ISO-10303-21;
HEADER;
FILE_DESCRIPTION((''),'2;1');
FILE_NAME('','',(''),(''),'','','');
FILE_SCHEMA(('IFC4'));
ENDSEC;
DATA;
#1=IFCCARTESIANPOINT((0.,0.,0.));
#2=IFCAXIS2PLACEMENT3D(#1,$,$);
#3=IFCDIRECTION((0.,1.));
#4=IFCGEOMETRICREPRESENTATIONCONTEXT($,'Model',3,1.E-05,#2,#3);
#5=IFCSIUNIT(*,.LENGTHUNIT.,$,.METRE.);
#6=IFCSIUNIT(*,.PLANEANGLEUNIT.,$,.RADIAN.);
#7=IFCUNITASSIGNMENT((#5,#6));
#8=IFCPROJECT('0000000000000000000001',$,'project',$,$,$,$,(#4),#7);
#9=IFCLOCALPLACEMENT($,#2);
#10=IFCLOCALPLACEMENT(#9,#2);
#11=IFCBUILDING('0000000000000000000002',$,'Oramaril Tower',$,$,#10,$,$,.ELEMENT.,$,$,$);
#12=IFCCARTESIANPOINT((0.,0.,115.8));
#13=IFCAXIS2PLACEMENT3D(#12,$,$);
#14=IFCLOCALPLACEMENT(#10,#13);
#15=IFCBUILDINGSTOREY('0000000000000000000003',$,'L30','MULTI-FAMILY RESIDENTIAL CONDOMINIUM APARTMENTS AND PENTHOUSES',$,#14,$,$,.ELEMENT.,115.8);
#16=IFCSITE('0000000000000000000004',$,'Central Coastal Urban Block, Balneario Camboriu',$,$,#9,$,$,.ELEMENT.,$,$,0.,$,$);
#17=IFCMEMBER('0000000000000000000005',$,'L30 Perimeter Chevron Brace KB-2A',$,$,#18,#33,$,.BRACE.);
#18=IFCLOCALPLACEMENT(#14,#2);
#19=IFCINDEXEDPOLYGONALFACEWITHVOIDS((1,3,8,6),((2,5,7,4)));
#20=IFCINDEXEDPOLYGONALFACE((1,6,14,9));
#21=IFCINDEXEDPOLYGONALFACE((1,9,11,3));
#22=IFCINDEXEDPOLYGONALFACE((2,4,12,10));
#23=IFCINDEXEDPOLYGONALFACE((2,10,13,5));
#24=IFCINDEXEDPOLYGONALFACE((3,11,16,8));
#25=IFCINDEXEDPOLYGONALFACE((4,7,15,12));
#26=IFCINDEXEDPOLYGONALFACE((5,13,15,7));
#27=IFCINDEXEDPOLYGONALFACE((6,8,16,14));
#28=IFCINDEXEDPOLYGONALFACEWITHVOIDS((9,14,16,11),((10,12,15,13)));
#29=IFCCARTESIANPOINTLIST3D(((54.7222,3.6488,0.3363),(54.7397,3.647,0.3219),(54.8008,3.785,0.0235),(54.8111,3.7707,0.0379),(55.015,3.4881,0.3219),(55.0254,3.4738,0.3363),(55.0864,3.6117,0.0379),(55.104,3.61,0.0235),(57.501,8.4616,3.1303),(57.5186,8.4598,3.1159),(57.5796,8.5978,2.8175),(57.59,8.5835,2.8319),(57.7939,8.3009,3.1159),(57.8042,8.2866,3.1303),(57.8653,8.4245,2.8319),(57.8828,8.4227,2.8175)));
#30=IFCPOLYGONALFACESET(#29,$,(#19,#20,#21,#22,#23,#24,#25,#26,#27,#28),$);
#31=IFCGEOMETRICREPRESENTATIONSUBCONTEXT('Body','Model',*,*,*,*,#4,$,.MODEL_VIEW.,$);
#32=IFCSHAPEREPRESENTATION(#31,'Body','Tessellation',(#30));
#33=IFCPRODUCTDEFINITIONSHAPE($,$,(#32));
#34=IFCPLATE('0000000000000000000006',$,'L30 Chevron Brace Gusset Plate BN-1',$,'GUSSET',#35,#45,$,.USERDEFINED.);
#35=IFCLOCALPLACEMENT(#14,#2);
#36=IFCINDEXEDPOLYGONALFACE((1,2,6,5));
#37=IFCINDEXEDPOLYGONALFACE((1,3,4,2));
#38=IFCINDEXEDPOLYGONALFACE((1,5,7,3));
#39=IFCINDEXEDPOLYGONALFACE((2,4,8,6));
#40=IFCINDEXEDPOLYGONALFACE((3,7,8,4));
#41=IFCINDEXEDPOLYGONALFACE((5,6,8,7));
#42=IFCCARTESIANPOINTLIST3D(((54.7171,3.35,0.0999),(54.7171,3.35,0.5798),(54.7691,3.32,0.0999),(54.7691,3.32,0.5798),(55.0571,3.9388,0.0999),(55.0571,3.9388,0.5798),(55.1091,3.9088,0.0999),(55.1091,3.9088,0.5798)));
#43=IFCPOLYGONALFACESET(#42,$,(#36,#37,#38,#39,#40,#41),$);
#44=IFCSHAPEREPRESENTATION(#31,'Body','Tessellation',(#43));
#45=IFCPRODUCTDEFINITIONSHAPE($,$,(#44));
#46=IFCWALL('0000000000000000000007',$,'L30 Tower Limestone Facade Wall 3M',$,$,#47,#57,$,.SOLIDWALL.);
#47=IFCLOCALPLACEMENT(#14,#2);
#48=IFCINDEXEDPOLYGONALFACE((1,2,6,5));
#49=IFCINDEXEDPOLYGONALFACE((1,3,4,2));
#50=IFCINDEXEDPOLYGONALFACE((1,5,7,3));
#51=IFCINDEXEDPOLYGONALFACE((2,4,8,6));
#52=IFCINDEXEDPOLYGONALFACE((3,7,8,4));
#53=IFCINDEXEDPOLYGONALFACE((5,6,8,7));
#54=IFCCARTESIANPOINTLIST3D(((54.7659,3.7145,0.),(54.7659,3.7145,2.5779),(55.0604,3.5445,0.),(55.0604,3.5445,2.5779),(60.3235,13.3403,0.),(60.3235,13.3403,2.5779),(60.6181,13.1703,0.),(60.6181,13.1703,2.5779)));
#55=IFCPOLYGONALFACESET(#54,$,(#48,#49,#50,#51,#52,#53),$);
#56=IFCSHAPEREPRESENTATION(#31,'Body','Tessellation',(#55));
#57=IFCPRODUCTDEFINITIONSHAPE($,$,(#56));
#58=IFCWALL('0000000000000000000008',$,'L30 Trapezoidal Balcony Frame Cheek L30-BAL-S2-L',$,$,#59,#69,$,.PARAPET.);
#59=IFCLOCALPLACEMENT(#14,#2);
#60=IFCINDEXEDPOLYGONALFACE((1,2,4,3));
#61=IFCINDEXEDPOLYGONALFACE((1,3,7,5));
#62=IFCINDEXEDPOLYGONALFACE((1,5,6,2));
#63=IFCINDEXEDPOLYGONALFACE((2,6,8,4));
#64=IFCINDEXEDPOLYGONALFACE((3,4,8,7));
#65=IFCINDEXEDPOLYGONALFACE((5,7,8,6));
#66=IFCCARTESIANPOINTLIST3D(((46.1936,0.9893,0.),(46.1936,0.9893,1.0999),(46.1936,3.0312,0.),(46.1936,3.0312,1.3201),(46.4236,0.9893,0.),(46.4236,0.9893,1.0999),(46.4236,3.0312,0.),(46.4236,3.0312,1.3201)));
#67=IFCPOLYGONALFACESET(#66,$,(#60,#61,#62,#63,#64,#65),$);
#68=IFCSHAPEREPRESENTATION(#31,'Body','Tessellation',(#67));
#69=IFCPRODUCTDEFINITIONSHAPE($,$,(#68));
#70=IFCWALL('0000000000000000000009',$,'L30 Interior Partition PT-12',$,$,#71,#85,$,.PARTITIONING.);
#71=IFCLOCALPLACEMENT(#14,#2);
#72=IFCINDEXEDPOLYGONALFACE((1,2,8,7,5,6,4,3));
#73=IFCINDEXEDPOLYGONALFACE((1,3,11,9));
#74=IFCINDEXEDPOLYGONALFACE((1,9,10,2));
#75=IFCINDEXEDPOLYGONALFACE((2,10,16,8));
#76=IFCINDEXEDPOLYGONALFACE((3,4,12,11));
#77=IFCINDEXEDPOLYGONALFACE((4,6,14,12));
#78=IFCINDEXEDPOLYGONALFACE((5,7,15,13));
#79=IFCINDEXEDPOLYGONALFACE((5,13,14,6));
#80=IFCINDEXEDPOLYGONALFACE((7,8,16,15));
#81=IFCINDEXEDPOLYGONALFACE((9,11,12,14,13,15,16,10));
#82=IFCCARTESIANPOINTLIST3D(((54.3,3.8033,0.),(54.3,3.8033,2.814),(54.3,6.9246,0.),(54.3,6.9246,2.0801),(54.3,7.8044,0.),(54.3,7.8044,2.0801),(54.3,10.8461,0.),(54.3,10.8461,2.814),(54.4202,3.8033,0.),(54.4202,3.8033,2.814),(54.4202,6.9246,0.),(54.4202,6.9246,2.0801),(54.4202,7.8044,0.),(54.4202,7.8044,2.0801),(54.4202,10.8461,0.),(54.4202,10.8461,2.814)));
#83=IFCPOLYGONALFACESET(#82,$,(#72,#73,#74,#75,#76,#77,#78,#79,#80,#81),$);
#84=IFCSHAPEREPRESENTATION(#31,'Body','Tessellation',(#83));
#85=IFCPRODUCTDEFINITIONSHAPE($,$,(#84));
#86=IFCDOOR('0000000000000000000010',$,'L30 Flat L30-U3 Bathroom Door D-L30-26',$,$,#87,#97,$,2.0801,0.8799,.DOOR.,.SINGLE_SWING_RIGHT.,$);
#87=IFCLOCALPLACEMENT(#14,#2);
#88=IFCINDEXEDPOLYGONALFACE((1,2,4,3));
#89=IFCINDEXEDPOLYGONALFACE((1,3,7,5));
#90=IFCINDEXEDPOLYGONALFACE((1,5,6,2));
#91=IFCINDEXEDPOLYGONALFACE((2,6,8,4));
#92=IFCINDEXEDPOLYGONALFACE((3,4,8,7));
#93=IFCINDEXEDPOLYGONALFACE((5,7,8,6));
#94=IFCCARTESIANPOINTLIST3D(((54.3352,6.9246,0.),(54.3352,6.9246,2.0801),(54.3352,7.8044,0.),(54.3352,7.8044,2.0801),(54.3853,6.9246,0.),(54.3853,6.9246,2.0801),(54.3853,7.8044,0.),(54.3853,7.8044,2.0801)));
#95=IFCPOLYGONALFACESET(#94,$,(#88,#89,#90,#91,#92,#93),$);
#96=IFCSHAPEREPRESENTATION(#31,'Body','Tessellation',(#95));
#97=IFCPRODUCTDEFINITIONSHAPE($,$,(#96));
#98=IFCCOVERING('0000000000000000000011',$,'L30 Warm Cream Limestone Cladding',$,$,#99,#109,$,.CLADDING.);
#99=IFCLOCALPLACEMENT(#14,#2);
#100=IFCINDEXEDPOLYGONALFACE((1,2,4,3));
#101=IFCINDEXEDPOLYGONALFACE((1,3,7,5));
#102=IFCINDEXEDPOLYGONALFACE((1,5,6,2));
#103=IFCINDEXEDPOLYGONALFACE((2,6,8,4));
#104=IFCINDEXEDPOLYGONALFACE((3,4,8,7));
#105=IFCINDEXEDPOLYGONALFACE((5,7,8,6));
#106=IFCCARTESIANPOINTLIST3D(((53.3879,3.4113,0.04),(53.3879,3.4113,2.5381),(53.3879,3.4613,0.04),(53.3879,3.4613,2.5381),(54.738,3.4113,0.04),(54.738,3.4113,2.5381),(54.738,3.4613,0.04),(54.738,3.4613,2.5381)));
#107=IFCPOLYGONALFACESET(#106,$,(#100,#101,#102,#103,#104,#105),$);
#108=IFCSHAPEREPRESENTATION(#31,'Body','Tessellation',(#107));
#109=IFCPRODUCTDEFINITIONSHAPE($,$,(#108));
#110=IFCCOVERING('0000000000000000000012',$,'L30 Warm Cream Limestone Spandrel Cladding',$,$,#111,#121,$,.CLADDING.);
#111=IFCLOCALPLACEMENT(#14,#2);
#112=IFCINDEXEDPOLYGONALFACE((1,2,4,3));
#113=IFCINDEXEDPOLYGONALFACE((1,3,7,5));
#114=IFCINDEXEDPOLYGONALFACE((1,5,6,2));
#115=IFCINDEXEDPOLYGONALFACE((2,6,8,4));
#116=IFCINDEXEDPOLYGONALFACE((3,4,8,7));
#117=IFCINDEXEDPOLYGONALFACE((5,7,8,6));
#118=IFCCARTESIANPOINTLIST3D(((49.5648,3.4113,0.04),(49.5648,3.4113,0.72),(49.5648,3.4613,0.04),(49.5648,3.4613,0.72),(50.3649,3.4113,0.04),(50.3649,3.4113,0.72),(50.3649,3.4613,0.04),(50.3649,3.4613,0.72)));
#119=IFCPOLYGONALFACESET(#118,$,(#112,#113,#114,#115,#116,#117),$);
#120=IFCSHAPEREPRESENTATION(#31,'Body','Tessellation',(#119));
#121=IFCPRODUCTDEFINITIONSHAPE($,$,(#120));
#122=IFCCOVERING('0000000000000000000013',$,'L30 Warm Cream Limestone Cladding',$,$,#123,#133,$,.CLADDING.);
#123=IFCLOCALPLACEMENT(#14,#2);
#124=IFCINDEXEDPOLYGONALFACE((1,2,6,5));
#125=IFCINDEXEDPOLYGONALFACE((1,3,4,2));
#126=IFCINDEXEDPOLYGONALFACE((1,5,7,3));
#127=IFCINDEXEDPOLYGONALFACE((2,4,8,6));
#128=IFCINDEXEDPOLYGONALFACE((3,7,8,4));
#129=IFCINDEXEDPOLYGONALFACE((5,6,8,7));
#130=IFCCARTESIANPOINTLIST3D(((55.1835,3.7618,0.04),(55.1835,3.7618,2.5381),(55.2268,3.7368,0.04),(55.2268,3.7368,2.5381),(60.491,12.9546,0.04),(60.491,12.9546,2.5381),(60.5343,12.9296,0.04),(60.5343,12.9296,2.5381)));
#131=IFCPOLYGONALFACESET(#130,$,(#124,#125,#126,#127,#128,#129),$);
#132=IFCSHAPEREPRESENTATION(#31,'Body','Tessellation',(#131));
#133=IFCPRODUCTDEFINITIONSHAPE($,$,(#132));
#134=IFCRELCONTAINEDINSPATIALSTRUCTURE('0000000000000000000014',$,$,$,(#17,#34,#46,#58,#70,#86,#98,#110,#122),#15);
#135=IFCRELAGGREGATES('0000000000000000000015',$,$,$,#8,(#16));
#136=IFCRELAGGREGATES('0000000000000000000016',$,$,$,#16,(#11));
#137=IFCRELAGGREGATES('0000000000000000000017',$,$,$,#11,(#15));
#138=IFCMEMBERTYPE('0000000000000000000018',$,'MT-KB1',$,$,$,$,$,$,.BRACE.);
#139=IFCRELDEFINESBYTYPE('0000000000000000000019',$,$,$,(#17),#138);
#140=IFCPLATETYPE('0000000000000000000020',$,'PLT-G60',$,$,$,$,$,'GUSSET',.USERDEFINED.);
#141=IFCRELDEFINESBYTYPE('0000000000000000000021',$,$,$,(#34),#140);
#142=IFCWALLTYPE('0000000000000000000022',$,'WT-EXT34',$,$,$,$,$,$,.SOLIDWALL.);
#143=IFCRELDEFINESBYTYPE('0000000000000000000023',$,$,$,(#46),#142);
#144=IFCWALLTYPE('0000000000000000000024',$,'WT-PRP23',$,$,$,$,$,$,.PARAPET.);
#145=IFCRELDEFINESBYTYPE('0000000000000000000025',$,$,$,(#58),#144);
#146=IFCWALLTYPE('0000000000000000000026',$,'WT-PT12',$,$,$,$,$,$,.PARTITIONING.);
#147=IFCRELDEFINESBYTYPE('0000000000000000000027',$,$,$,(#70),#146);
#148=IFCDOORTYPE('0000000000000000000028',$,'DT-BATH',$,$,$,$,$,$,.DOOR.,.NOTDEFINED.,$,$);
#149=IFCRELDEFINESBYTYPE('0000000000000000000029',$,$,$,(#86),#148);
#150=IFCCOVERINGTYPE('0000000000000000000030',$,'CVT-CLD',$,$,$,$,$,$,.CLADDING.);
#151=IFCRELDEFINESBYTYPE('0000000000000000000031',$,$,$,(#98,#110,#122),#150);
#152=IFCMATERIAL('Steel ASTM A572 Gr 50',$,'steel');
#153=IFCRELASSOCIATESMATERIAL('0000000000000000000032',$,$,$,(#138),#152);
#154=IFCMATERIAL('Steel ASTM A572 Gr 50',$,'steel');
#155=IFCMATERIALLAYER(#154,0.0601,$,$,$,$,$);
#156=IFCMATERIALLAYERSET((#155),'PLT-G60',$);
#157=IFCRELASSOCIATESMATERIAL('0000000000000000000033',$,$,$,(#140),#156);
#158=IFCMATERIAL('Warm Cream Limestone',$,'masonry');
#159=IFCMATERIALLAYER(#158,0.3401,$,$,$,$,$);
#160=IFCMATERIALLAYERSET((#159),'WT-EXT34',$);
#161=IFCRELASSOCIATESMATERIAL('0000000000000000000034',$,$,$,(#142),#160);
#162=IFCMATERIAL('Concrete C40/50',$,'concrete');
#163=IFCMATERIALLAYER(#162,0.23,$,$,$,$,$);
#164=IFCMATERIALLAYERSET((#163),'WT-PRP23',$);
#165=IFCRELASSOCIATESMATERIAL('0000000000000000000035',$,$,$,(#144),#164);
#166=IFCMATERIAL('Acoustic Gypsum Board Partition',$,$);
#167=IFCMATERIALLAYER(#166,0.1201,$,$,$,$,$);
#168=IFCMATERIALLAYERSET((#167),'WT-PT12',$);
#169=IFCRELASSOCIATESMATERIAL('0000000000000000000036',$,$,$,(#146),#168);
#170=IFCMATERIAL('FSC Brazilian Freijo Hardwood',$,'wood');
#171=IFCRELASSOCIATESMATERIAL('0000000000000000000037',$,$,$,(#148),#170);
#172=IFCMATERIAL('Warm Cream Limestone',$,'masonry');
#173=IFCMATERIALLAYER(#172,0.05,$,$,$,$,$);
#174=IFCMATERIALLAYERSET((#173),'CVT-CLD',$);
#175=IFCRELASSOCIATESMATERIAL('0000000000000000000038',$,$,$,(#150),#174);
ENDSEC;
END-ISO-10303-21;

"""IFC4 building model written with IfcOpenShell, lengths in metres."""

from ifc_helpers import new_model, si_unit, direction, frame, frame_2d, origin, origin_2d, place, context, subcontext, project, spatial, polyline, rectangle, hollow_rectangle, outline, extrude, material, layer, layer_set, material_profile, profile_set, type_object, element, fill, save


model = new_model("IFC4")

# Units and contexts
model_context = context("Model", 3, precision=1e-05, world=origin(), true_north=direction((0.0, 1.0)))
body_context = subcontext(model_context, "Body", "Model", "MODEL_VIEW")
ifc_project = project(units=[si_unit("LENGTHUNIT", "METRE"), si_unit("PLANEANGLEUNIT", "RADIAN")], contexts=[model_context])

# Site, building, storey
site_placement = place(None, origin())
site = spatial("IfcSite", under=ifc_project, at=site_placement, Name="Central Coastal Urban Block, Balneario Camboriu", CompositionType="ELEMENT", RefElevation=0.0)
building_placement = place(site_placement, origin())
building = spatial("IfcBuilding", under=site, at=building_placement, Name="Oramaril Tower", CompositionType="ELEMENT")
storey_placement = place(building_placement, frame((0.0, 0.0, 115.8)))
storey = spatial("IfcBuildingStorey", under=building, at=storey_placement, Name="L30", Description="MULTI-FAMILY RESIDENTIAL CONDOMINIUM APARTMENTS AND PENTHOUSES", CompositionType="ELEMENT", Elevation=115.8)

# Member
ifc_material_1 = material(Name="Steel ASTM A572 Gr 50", Category="steel")
ifc_material_profile_1 = material_profile(ifc_material_1, hollow_rectangle(XDim=0.3501, YDim=0.3501, WallThickness=0.0161, at=origin_2d()), Name="HSS350X350X16")
ifc_profile_set_1 = profile_set([ifc_material_profile_1], Name="Steel ASTM A572 Gr 50")
member_type = type_object("IfcMemberType", Name="MT-KB1", PredefinedType="BRACE", material=ifc_profile_set_1)
member_placement = place(storey_placement, frame((54.9131, 3.6294, 0.1799), z_axis=(0.446742, 0.773733, 0.449176), x_axis=(-0.866012, 0.500023, 0.0)))
element("IfcMember", 1, at=member_placement, inside=storey, type_object=member_type, Name="L30 Perimeter Chevron Brace KB-2A", PredefinedType="BRACE", context=body_context, shape_type="SweptSolid", body=[
    extrude(hollow_rectangle(XDim=0.3501, YDim=0.3501, WallThickness=0.0161, at=origin_2d()), origin(), (0.0, 0.0, 1.0), 6.2202),
])

# Plate
ifc_material_2 = material(Name="Steel ASTM A572 Gr 50", Category="steel")
ifc_layer_1 = layer(ifc_material_2, 0.0601)
ifc_layer_set_1 = layer_set([ifc_layer_1], Name="PLT-G60")
plate_type = type_object("IfcPlateType", Name="PLT-G60", ElementType="GUSSET", PredefinedType="USERDEFINED", material=ifc_layer_set_1)
plate_placement = place(storey_placement, frame((54.9131, 3.6294, 0.0999), z_axis=(0.0, 0.0, 1.0), x_axis=(0.500003, 0.866024, 0.0)))
element("IfcPlate", 2, at=plate_placement, inside=storey, type_object=plate_type, Name="L30 Chevron Brace Gusset Plate BN-1", ObjectType="GUSSET", PredefinedType="USERDEFINED", context=body_context, shape_type="SweptSolid", body=[
    extrude(rectangle(XDim=0.6799, YDim=0.0601, at=origin_2d()), origin(), (0.0, 0.0, 1.0), 0.48),
])

# Walls
ifc_material_3 = material(Name="Warm Cream Limestone", Category="masonry")
ifc_layer_2 = layer(ifc_material_3, 0.3401)
ifc_layer_set_2 = layer_set([ifc_layer_2], Name="WT-EXT34")
wall_type_1 = type_object("IfcWallType", Name="WT-EXT34", PredefinedType="SOLIDWALL", material=ifc_layer_set_2)
wall_1_placement = place(storey_placement, frame((54.9131, 3.6294, 0.0), z_axis=(0.0, 0.0, 1.0), x_axis=(0.500013, 0.866018, 0.0)))
element("IfcWall", 3, at=wall_1_placement, inside=storey, type_object=wall_type_1, Name="L30 Tower Limestone Facade Wall 3M", PredefinedType="SOLIDWALL", context=body_context, shape_type="SweptSolid", body=[
    extrude(rectangle(XDim=11.115, YDim=0.3401, at=frame_2d((5.5576, 0.0))), origin(), (0.0, 0.0, 1.0), 2.5779),
])
ifc_material_4 = material(Name="Concrete C40/50", Category="concrete")
ifc_layer_3 = layer(ifc_material_4, 0.23)
ifc_layer_set_3 = layer_set([ifc_layer_3], Name="WT-PRP23")
wall_type_2 = type_object("IfcWallType", Name="WT-PRP23", PredefinedType="PARAPET", material=ifc_layer_set_3)
wall_2_placement = place(storey_placement, frame((46.3086, 3.0312, 0.0), z_axis=(0.0, 0.0, 1.0), x_axis=(0.0, -1.0, 0.0)))
element("IfcWall", 4, at=wall_2_placement, inside=storey, type_object=wall_type_2, Name="L30 Trapezoidal Balcony Frame Cheek L30-BAL-S2-L", PredefinedType="PARAPET", context=body_context, shape_type="SweptSolid", body=[
    extrude(outline(polyline([(0.0, 0.0), (2.042, 0.0), (2.042, 1.0999), (0.0, 1.3201), (0.0, 0.0)])), frame((0.0, 0.115, 0.0), z_axis=(0.0, -1.0, 0.0), x_axis=(1.0, 0.0, 0.0)), (0.0, 0.0, 1.0), 0.23),
])

# Wall, opening, door
ifc_material_5 = material(Name="Acoustic Gypsum Board Partition")
ifc_layer_4 = layer(ifc_material_5, 0.1201)
ifc_layer_set_4 = layer_set([ifc_layer_4], Name="WT-PT12")
wall_type_3 = type_object("IfcWallType", Name="WT-PT12", PredefinedType="PARTITIONING", material=ifc_layer_set_4)
wall_3_placement = place(storey_placement, frame((54.3601, 3.8032, 0.0), z_axis=(0.0, 0.0, 1.0), x_axis=(0.0, 1.0, 0.0)))
wall_3 = element("IfcWall", 5, at=wall_3_placement, inside=storey, type_object=wall_type_3, Name="L30 Interior Partition PT-12", PredefinedType="PARTITIONING", context=body_context, shape_type="SweptSolid", body=[
    extrude(rectangle(XDim=7.0427, YDim=0.1201, at=frame_2d((3.5215, 0.0))), origin(), (0.0, 0.0, 1.0), 2.814),
])
opening_placement = place(wall_3_placement, frame((3.1213, 0.0, 0.0)))
opening = element("IfcOpeningElement", 6, at=opening_placement, cuts=wall_3, PredefinedType="OPENING", context=body_context, shape_type="SweptSolid", body=[
    extrude(rectangle(XDim=0.8799, YDim=2.0801, at=frame_2d((0.4399, 1.04))), frame((0.0, 0.0601, 0.0), z_axis=(0.0, -1.0, 0.0), x_axis=(1.0, 0.0, 0.0)), (0.0, 0.0, 1.0), 0.1201),
])
ifc_material_6 = material(Name="FSC Brazilian Freijo Hardwood", Category="wood")
door_type = type_object("IfcDoorType", Name="DT-BATH", OperationType="NOTDEFINED", PredefinedType="DOOR", material=ifc_material_6)
door_placement = place(opening_placement, origin())
door = element("IfcDoor", 7, at=door_placement, inside=storey, type_object=door_type, Name="L30 Flat L30-U3 Bathroom Door D-L30-26", OperationType="SINGLE_SWING_RIGHT", OverallHeight=2.0801, OverallWidth=0.8799, PredefinedType="DOOR", context=body_context, shape_type="SweptSolid", body=[
    extrude(rectangle(XDim=0.8799, YDim=2.0801, at=frame_2d((0.4399, 1.04))), frame((0.0, 0.0249, 0.0), z_axis=(0.0, -1.0, 0.0), x_axis=(1.0, 0.0, 0.0)), (0.0, 0.0, 1.0), 0.05),
])
fill(opening, door)

# Coverings
ifc_material_7 = material(Name="Warm Cream Limestone", Category="masonry")
ifc_layer_5 = layer(ifc_material_7, 0.05)
ifc_layer_set_5 = layer_set([ifc_layer_5], Name="CVT-CLD")
covering_type = type_object("IfcCoveringType", Name="CVT-CLD", PredefinedType="CLADDING", material=ifc_layer_set_5)
covering_1_placement = place(storey_placement, frame((54.063, 3.4363, 0.04), z_axis=(0.0, 0.0, 1.0), x_axis=(1.0, 0.0, 0.0)))
element("IfcCovering", 8, at=covering_1_placement, inside=storey, type_object=covering_type, Name="L30 Warm Cream Limestone Cladding", PredefinedType="CLADDING", context=body_context, shape_type="SweptSolid", body=[
    extrude(rectangle(XDim=1.3501, YDim=0.05, at=origin_2d()), origin(), (0.0, 0.0, 1.0), 2.498),
])
covering_2_placement = place(storey_placement, frame((49.9648, 3.4363, 0.04), z_axis=(0.0, 0.0, 1.0), x_axis=(1.0, 0.0, 0.0)))
element("IfcCovering", 9, at=covering_2_placement, inside=storey, type_object=covering_type, Name="L30 Warm Cream Limestone Spandrel Cladding", PredefinedType="CLADDING", context=body_context, shape_type="SweptSolid", body=[
    extrude(rectangle(XDim=0.8, YDim=0.05, at=origin_2d()), origin(), (0.0, 0.0, 1.0), 0.6799),
])
covering_3_placement = place(storey_placement, frame((57.8589, 8.3457, 0.04), z_axis=(0.0, 0.0, 1.0), x_axis=(0.500003, 0.866024, 0.0)))
element("IfcCovering", 10, at=covering_3_placement, inside=storey, type_object=covering_type, Name="L30 Warm Cream Limestone Cladding", PredefinedType="CLADDING", context=body_context, shape_type="SweptSolid", body=[
    extrude(rectangle(XDim=10.615, YDim=0.05, at=origin_2d()), origin(), (0.0, 0.0, 1.0), 2.498),
])

save(model, "model.ifc")
